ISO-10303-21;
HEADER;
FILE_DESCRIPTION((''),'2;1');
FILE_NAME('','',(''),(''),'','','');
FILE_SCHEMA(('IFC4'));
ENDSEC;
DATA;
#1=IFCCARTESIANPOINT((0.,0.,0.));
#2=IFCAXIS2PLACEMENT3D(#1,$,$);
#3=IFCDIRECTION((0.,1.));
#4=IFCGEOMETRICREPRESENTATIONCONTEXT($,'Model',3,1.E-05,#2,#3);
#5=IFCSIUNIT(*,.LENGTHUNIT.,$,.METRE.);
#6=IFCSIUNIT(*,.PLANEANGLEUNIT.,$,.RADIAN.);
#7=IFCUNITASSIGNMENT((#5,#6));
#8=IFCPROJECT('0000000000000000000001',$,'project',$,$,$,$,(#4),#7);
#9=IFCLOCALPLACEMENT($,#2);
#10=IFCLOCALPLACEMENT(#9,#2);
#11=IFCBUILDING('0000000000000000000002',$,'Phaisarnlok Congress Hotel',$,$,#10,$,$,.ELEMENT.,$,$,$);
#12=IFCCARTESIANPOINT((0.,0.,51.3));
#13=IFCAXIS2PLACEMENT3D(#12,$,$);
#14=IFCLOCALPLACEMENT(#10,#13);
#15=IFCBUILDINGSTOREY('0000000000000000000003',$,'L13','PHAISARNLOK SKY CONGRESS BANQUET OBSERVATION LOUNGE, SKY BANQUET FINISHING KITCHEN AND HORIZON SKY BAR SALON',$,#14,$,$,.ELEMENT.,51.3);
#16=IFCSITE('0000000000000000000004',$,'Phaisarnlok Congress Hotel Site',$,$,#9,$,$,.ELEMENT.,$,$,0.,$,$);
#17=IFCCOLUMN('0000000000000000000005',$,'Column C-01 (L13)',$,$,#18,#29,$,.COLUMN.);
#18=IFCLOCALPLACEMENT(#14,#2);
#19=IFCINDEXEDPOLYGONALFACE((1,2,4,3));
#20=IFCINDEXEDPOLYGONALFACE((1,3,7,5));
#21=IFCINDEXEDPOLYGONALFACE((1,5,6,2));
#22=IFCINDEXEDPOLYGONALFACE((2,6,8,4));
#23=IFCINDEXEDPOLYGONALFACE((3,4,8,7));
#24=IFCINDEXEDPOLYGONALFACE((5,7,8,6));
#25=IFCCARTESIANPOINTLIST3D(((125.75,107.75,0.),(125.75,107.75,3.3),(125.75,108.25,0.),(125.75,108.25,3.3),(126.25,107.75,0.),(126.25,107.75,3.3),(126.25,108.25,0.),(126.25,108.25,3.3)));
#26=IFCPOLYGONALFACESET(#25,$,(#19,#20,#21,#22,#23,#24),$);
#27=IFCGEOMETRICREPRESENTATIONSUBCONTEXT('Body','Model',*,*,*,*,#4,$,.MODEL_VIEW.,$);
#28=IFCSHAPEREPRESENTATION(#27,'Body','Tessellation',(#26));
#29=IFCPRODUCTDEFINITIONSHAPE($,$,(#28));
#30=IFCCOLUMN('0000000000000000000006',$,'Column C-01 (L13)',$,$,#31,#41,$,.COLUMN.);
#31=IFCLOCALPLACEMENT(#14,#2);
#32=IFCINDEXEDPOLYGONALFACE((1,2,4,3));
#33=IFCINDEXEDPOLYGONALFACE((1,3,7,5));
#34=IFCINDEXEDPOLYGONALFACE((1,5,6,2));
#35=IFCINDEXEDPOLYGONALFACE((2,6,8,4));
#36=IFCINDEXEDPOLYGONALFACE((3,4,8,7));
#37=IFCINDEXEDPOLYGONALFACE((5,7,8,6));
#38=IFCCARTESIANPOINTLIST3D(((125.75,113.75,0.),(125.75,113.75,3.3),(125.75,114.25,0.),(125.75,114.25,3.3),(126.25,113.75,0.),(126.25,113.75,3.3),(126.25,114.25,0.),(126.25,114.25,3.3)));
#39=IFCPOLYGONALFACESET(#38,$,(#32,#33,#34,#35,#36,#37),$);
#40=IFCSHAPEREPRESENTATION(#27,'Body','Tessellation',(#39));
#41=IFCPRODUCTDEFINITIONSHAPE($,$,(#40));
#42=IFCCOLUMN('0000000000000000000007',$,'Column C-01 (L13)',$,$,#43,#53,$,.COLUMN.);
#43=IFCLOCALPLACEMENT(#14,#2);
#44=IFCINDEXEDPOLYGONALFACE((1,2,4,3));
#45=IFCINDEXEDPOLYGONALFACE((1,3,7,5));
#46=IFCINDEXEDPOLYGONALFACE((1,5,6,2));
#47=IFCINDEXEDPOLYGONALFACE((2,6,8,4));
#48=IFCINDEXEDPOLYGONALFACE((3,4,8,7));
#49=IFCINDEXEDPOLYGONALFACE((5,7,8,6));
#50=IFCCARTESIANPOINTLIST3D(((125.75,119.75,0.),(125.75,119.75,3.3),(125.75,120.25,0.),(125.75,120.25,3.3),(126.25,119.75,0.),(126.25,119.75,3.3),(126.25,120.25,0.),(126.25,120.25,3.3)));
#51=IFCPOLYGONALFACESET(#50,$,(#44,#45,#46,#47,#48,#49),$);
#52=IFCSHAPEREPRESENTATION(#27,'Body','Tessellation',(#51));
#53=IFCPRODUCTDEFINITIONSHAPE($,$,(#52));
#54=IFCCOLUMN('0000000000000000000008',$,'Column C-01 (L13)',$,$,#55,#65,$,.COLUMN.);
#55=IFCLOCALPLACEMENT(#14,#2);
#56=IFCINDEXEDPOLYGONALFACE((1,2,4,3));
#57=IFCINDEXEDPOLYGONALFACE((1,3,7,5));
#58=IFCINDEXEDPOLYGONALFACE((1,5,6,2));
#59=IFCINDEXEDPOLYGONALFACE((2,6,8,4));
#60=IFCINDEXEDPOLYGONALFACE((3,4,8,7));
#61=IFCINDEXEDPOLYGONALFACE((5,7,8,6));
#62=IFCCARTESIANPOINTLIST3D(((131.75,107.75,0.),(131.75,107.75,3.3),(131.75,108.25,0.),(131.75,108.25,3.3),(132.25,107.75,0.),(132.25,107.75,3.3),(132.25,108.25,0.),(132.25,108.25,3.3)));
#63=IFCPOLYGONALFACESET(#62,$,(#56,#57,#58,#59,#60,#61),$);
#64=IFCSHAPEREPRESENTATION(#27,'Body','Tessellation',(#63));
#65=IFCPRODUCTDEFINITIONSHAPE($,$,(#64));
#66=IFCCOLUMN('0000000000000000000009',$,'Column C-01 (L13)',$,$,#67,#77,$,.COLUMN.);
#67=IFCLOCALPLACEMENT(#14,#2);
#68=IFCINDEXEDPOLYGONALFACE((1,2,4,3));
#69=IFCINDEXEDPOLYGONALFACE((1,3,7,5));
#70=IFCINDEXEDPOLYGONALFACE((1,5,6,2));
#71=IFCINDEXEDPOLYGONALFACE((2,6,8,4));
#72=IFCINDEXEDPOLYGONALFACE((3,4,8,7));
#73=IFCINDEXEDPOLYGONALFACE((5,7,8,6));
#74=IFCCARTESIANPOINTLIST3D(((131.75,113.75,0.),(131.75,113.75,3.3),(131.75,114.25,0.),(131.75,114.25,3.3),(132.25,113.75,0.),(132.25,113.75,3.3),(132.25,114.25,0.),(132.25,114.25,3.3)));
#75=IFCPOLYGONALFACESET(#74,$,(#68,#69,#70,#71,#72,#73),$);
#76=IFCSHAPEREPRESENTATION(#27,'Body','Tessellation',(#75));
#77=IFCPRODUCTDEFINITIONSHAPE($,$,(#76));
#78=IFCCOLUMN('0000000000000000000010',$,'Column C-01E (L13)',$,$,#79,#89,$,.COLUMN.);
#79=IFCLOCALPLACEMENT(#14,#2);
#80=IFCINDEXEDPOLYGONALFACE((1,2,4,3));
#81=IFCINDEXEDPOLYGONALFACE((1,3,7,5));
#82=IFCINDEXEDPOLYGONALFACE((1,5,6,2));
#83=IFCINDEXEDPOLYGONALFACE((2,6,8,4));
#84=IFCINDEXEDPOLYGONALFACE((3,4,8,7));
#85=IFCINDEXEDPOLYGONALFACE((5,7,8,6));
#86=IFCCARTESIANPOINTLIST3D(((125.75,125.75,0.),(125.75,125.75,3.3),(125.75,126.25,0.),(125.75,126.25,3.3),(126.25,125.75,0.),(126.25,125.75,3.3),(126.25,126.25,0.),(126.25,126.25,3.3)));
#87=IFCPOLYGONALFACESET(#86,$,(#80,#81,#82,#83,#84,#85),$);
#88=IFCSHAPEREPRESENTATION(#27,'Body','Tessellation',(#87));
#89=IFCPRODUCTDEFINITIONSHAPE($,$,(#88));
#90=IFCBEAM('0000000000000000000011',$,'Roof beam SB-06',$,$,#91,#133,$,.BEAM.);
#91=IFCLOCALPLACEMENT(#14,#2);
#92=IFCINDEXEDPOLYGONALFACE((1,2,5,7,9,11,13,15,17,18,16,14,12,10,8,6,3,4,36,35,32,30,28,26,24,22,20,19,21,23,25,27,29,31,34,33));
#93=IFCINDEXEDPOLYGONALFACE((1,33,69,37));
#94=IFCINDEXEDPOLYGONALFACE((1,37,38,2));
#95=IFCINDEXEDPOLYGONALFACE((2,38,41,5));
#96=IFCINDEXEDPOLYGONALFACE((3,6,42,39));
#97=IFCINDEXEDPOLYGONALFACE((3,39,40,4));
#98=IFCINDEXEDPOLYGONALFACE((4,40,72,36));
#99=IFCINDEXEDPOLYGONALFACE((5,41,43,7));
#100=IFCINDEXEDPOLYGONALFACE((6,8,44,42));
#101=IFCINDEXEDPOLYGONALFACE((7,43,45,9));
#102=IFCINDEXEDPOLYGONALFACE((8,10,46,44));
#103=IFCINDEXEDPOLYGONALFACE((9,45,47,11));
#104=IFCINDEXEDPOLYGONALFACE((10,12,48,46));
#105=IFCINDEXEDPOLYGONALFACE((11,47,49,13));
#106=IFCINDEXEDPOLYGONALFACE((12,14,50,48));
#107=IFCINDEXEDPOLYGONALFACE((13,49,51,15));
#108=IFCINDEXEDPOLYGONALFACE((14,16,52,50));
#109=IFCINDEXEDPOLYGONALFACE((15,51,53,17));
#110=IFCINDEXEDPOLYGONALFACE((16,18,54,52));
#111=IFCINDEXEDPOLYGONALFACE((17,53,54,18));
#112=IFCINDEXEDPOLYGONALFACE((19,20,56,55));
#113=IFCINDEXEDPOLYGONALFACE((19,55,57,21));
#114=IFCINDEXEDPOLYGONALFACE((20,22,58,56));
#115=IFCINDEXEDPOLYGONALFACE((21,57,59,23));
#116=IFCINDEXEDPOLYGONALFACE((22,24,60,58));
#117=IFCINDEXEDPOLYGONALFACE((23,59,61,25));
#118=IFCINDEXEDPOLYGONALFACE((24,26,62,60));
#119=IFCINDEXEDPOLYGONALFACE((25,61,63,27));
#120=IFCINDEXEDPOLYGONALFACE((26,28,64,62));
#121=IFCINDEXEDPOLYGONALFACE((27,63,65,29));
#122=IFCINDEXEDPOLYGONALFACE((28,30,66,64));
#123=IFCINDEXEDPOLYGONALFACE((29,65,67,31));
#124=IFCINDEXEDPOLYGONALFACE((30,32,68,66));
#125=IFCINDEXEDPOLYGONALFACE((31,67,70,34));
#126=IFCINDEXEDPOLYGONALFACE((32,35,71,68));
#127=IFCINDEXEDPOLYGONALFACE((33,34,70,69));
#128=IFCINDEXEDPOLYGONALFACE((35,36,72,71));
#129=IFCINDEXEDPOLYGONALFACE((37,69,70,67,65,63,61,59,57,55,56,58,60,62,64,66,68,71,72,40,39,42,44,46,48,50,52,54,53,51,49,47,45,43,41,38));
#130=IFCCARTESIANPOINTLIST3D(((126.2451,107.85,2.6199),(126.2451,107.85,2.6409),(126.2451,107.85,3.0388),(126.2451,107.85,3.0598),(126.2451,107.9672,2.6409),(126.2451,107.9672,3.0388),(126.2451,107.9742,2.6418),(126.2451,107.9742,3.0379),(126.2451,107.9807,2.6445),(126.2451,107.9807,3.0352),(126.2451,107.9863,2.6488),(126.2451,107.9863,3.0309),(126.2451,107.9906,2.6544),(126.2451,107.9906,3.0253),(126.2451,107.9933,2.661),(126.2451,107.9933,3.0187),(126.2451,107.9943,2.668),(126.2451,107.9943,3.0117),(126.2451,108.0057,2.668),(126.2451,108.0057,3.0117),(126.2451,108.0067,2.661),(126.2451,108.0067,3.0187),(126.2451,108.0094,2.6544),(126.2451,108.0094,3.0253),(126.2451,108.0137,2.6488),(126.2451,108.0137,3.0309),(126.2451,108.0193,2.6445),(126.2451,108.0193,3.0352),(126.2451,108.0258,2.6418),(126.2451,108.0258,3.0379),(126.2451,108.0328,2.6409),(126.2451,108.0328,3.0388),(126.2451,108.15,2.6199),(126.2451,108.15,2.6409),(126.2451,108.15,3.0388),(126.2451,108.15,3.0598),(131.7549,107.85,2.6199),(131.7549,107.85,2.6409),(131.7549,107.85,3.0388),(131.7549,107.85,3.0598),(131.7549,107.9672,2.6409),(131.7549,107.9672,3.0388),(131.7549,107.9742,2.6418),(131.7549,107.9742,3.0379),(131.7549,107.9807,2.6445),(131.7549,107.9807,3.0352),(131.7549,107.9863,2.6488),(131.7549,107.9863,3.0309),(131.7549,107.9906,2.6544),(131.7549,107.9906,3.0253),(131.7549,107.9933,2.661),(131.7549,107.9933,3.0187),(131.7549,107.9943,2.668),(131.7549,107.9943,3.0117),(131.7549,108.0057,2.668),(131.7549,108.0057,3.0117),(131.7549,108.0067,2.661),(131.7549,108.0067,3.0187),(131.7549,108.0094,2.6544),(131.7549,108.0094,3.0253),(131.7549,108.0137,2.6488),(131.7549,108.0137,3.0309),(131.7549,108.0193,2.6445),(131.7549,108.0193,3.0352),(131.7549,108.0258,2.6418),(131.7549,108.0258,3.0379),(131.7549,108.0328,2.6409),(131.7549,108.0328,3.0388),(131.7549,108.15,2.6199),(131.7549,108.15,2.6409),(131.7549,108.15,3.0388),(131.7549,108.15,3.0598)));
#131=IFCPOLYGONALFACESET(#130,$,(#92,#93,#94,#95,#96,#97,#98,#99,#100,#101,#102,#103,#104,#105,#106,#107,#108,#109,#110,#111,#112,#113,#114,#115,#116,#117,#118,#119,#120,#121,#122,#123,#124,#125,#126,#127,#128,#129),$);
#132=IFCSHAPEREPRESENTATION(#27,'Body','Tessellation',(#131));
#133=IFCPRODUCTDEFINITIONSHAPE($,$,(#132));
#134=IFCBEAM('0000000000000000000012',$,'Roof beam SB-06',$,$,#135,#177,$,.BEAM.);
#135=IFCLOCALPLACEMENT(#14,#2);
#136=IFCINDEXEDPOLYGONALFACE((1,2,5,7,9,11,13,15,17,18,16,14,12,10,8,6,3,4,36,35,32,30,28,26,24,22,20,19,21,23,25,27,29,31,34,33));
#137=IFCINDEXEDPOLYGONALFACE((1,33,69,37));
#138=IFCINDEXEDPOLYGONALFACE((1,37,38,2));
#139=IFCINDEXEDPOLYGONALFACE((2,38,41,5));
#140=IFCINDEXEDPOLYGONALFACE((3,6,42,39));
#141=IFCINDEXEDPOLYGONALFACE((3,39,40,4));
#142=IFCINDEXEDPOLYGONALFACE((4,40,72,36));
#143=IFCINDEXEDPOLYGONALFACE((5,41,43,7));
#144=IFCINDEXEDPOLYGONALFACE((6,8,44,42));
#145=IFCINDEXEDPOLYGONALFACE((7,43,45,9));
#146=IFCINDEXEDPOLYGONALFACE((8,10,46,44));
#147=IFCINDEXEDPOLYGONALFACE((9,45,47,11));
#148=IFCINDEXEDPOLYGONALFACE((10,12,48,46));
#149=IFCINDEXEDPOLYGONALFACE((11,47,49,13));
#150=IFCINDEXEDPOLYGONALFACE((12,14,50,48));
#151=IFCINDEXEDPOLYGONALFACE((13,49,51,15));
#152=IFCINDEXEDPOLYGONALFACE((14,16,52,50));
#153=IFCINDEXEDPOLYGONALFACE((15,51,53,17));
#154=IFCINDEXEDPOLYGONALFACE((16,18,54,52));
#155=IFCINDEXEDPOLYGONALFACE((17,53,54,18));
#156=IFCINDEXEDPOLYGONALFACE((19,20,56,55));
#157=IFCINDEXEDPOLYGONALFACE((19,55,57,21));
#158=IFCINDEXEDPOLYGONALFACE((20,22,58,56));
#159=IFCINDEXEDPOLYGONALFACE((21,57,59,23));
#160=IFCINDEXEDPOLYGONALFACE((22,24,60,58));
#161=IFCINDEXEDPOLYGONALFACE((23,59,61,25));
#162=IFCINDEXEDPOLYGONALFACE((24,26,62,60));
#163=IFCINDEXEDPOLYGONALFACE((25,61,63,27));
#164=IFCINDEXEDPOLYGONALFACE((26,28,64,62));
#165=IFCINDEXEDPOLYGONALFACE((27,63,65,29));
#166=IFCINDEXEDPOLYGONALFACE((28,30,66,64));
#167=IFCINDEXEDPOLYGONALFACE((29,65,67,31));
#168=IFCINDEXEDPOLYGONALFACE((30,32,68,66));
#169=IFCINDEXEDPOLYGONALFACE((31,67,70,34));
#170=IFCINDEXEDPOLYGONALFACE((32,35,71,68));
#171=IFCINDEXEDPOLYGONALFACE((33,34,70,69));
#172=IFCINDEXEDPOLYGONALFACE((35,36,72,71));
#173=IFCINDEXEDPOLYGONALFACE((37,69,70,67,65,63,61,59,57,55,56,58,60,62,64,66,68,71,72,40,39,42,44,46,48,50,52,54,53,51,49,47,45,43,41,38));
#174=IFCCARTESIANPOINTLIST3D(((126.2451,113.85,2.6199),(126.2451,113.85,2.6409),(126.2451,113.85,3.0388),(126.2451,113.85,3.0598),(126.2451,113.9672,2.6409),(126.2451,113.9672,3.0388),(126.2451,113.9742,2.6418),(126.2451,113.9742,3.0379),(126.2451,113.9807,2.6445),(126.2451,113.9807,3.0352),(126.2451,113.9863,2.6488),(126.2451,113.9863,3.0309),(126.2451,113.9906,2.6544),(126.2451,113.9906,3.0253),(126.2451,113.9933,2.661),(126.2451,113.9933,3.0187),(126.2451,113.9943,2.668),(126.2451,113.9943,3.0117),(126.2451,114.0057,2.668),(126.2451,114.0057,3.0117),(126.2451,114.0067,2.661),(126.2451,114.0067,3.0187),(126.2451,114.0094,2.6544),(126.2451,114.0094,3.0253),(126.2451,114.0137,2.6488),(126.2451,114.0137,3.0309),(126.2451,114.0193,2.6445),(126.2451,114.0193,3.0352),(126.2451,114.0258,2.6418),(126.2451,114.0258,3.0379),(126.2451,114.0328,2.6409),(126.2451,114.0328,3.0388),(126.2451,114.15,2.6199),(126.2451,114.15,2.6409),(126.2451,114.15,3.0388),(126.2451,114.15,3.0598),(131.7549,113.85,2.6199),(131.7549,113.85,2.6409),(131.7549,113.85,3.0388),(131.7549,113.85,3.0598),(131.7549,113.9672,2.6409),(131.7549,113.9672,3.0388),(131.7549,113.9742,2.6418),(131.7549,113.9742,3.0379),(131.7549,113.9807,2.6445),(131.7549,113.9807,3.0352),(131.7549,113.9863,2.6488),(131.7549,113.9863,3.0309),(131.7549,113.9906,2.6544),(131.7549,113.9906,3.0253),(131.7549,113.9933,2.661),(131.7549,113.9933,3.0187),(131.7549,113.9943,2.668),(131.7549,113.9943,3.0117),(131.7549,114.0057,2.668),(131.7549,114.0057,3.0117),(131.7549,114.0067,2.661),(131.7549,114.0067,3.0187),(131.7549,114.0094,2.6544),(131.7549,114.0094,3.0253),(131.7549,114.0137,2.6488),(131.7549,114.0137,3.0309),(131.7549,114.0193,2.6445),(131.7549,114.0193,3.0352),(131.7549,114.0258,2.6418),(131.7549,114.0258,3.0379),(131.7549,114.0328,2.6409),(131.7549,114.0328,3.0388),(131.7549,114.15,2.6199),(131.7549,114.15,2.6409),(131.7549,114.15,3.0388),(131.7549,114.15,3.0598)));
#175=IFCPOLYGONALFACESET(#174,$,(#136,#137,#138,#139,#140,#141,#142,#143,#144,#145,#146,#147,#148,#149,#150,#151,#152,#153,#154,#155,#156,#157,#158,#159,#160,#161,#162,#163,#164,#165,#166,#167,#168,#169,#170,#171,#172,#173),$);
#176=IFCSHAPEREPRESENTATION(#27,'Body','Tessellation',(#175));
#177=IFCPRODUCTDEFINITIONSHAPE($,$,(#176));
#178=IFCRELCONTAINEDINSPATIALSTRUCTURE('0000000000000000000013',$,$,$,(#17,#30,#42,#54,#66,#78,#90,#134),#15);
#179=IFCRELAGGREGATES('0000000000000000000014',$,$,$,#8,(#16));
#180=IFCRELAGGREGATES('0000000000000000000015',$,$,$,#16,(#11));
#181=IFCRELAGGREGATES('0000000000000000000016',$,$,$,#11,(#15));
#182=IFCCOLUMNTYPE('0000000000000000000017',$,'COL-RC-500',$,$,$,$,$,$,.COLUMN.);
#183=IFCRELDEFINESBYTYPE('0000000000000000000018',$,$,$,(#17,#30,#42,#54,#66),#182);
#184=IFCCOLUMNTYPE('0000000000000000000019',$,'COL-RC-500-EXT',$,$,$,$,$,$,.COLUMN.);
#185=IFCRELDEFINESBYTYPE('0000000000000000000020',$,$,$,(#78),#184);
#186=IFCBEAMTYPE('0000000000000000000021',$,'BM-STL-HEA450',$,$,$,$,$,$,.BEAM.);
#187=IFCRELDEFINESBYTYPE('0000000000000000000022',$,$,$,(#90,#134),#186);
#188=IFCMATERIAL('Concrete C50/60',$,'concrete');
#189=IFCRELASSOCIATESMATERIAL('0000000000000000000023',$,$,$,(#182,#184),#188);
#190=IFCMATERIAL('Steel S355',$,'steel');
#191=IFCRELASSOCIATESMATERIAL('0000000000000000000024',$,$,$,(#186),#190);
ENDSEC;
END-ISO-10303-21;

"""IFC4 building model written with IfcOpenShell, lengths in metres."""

from ifc_helpers import new_model, si_unit, direction, frame, origin, origin_2d, place, context, subcontext, project, spatial, rectangle, i_section, extrude, material, material_profile, profile_set, type_object, element, save


model = new_model("IFC4")

# Units and contexts
model_context = context("Model", 3, precision=1e-05, world=origin(), true_north=direction((0.0, 1.0)))
body_context = subcontext(model_context, "Body", "Model", "MODEL_VIEW")
ifc_project = project(units=[si_unit("LENGTHUNIT", "METRE"), si_unit("PLANEANGLEUNIT", "RADIAN")], contexts=[model_context])

# Site, building, storey
site_placement = place(None, origin())
site = spatial("IfcSite", under=ifc_project, at=site_placement, Name="Phaisarnlok Congress Hotel Site", CompositionType="ELEMENT", RefElevation=0.0)
building_placement = place(site_placement, origin())
building = spatial("IfcBuilding", under=site, at=building_placement, Name="Phaisarnlok Congress Hotel", CompositionType="ELEMENT")
storey_placement = place(building_placement, frame((0.0, 0.0, 51.3)))
storey = spatial("IfcBuildingStorey", under=building, at=storey_placement, Name="L13", Description="PHAISARNLOK SKY CONGRESS BANQUET OBSERVATION LOUNGE, SKY BANQUET FINISHING KITCHEN AND HORIZON SKY BAR SALON", CompositionType="ELEMENT", Elevation=51.3)

# Columns
ifc_material_1 = material(Name="Concrete C50/60", Category="concrete")
ifc_material_profile_1 = material_profile(ifc_material_1, rectangle(XDim=0.5, YDim=0.5, at=origin_2d()), Name="RC 500x500")
ifc_profile_set_1 = profile_set([ifc_material_profile_1], Name="Concrete C50/60")
column_type_1 = type_object("IfcColumnType", Name="COL-RC-500", PredefinedType="COLUMN", material=ifc_profile_set_1)
for number, where, z_axis, x_axis, name in (
    (1, (126.0, 108.0, 0.0), (0.0, 0.0, 1.0), (1.0, 0.0, 0.0), "Column C-01 (L13)"),
    (2, (126.0, 114.0, 0.0), (0.0, 0.0, 1.0), (1.0, 0.0, 0.0), "Column C-01 (L13)"),
    (3, (126.0, 120.0, 0.0), (0.0, 0.0, 1.0), (1.0, 0.0, 0.0), "Column C-01 (L13)"),
    (4, (132.0, 108.0, 0.0), (0.0, 0.0, 1.0), (1.0, 0.0, 0.0), "Column C-01 (L13)"),
    (5, (132.0, 114.0, 0.0), (0.0, 0.0, 1.0), (1.0, 0.0, 0.0), "Column C-01 (L13)"),
):
    element("IfcColumn", number, at=place(storey_placement, frame(where, z_axis=z_axis, x_axis=x_axis)), inside=storey, type_object=column_type_1, Name=name, PredefinedType="COLUMN", context=body_context, shape_type="SweptSolid", body=[
        extrude(rectangle(XDim=0.5, YDim=0.5, at=origin_2d()), origin(), (0.0, 0.0, 1.0), 3.3),
    ])
ifc_material_profile_2 = material_profile(ifc_material_1, rectangle(XDim=0.5, YDim=0.5, at=origin_2d()), Name="RC 500x500")
ifc_profile_set_2 = profile_set([ifc_material_profile_2], Name="Concrete C50/60")
column_type_2 = type_object("IfcColumnType", Name="COL-RC-500-EXT", PredefinedType="COLUMN", material=ifc_profile_set_2)
column_placement = place(storey_placement, frame((126.0, 126.0, 0.0), z_axis=(0.0, 0.0, 1.0), x_axis=(1.0, 0.0, 0.0)))
element("IfcColumn", 6, at=column_placement, inside=storey, type_object=column_type_2, Name="Column C-01E (L13)", PredefinedType="COLUMN", context=body_context, shape_type="SweptSolid", body=[
    extrude(rectangle(XDim=0.5, YDim=0.5, at=origin_2d()), origin(), (0.0, 0.0, 1.0), 3.3),
])

# Beams
ifc_material_2 = material(Name="Steel S355", Category="steel")
ifc_material_profile_3 = material_profile(ifc_material_2, i_section(OverallWidth=0.3, OverallDepth=0.4399, WebThickness=0.0115, FlangeThickness=0.021, FilletRadius=0.0271, at=origin_2d()), Name="HEA 450")
ifc_profile_set_3 = profile_set([ifc_material_profile_3], Name="Steel S355")
beam_type_1 = type_object("IfcBeamType", Name="BM-STL-HEA450", PredefinedType="BEAM", material=ifc_profile_set_3)
for number, where, z_axis, x_axis, name in (
    (7, (126.2451, 108.0, 2.8398), (1.0, 0.0, 0.0), (0.0, 1.0, 0.0), "Roof beam SB-06"),
    (8, (126.2451, 114.0, 2.8398), (1.0, 0.0, 0.0), (0.0, 1.0, 0.0), "Roof beam SB-06"),
):
    element("IfcBeam", number, at=place(storey_placement, frame(where, z_axis=z_axis, x_axis=x_axis)), inside=storey, type_object=beam_type_1, Name=name, PredefinedType="BEAM", context=body_context, shape_type="SweptSolid", body=[
        extrude(i_section(OverallWidth=0.3, OverallDepth=0.4399, WebThickness=0.0115, FlangeThickness=0.021, FilletRadius=0.0271, at=origin_2d()), origin(), (0.0, 0.0, 1.0), 5.5098),
    ])

save(model, "model.ifc")
